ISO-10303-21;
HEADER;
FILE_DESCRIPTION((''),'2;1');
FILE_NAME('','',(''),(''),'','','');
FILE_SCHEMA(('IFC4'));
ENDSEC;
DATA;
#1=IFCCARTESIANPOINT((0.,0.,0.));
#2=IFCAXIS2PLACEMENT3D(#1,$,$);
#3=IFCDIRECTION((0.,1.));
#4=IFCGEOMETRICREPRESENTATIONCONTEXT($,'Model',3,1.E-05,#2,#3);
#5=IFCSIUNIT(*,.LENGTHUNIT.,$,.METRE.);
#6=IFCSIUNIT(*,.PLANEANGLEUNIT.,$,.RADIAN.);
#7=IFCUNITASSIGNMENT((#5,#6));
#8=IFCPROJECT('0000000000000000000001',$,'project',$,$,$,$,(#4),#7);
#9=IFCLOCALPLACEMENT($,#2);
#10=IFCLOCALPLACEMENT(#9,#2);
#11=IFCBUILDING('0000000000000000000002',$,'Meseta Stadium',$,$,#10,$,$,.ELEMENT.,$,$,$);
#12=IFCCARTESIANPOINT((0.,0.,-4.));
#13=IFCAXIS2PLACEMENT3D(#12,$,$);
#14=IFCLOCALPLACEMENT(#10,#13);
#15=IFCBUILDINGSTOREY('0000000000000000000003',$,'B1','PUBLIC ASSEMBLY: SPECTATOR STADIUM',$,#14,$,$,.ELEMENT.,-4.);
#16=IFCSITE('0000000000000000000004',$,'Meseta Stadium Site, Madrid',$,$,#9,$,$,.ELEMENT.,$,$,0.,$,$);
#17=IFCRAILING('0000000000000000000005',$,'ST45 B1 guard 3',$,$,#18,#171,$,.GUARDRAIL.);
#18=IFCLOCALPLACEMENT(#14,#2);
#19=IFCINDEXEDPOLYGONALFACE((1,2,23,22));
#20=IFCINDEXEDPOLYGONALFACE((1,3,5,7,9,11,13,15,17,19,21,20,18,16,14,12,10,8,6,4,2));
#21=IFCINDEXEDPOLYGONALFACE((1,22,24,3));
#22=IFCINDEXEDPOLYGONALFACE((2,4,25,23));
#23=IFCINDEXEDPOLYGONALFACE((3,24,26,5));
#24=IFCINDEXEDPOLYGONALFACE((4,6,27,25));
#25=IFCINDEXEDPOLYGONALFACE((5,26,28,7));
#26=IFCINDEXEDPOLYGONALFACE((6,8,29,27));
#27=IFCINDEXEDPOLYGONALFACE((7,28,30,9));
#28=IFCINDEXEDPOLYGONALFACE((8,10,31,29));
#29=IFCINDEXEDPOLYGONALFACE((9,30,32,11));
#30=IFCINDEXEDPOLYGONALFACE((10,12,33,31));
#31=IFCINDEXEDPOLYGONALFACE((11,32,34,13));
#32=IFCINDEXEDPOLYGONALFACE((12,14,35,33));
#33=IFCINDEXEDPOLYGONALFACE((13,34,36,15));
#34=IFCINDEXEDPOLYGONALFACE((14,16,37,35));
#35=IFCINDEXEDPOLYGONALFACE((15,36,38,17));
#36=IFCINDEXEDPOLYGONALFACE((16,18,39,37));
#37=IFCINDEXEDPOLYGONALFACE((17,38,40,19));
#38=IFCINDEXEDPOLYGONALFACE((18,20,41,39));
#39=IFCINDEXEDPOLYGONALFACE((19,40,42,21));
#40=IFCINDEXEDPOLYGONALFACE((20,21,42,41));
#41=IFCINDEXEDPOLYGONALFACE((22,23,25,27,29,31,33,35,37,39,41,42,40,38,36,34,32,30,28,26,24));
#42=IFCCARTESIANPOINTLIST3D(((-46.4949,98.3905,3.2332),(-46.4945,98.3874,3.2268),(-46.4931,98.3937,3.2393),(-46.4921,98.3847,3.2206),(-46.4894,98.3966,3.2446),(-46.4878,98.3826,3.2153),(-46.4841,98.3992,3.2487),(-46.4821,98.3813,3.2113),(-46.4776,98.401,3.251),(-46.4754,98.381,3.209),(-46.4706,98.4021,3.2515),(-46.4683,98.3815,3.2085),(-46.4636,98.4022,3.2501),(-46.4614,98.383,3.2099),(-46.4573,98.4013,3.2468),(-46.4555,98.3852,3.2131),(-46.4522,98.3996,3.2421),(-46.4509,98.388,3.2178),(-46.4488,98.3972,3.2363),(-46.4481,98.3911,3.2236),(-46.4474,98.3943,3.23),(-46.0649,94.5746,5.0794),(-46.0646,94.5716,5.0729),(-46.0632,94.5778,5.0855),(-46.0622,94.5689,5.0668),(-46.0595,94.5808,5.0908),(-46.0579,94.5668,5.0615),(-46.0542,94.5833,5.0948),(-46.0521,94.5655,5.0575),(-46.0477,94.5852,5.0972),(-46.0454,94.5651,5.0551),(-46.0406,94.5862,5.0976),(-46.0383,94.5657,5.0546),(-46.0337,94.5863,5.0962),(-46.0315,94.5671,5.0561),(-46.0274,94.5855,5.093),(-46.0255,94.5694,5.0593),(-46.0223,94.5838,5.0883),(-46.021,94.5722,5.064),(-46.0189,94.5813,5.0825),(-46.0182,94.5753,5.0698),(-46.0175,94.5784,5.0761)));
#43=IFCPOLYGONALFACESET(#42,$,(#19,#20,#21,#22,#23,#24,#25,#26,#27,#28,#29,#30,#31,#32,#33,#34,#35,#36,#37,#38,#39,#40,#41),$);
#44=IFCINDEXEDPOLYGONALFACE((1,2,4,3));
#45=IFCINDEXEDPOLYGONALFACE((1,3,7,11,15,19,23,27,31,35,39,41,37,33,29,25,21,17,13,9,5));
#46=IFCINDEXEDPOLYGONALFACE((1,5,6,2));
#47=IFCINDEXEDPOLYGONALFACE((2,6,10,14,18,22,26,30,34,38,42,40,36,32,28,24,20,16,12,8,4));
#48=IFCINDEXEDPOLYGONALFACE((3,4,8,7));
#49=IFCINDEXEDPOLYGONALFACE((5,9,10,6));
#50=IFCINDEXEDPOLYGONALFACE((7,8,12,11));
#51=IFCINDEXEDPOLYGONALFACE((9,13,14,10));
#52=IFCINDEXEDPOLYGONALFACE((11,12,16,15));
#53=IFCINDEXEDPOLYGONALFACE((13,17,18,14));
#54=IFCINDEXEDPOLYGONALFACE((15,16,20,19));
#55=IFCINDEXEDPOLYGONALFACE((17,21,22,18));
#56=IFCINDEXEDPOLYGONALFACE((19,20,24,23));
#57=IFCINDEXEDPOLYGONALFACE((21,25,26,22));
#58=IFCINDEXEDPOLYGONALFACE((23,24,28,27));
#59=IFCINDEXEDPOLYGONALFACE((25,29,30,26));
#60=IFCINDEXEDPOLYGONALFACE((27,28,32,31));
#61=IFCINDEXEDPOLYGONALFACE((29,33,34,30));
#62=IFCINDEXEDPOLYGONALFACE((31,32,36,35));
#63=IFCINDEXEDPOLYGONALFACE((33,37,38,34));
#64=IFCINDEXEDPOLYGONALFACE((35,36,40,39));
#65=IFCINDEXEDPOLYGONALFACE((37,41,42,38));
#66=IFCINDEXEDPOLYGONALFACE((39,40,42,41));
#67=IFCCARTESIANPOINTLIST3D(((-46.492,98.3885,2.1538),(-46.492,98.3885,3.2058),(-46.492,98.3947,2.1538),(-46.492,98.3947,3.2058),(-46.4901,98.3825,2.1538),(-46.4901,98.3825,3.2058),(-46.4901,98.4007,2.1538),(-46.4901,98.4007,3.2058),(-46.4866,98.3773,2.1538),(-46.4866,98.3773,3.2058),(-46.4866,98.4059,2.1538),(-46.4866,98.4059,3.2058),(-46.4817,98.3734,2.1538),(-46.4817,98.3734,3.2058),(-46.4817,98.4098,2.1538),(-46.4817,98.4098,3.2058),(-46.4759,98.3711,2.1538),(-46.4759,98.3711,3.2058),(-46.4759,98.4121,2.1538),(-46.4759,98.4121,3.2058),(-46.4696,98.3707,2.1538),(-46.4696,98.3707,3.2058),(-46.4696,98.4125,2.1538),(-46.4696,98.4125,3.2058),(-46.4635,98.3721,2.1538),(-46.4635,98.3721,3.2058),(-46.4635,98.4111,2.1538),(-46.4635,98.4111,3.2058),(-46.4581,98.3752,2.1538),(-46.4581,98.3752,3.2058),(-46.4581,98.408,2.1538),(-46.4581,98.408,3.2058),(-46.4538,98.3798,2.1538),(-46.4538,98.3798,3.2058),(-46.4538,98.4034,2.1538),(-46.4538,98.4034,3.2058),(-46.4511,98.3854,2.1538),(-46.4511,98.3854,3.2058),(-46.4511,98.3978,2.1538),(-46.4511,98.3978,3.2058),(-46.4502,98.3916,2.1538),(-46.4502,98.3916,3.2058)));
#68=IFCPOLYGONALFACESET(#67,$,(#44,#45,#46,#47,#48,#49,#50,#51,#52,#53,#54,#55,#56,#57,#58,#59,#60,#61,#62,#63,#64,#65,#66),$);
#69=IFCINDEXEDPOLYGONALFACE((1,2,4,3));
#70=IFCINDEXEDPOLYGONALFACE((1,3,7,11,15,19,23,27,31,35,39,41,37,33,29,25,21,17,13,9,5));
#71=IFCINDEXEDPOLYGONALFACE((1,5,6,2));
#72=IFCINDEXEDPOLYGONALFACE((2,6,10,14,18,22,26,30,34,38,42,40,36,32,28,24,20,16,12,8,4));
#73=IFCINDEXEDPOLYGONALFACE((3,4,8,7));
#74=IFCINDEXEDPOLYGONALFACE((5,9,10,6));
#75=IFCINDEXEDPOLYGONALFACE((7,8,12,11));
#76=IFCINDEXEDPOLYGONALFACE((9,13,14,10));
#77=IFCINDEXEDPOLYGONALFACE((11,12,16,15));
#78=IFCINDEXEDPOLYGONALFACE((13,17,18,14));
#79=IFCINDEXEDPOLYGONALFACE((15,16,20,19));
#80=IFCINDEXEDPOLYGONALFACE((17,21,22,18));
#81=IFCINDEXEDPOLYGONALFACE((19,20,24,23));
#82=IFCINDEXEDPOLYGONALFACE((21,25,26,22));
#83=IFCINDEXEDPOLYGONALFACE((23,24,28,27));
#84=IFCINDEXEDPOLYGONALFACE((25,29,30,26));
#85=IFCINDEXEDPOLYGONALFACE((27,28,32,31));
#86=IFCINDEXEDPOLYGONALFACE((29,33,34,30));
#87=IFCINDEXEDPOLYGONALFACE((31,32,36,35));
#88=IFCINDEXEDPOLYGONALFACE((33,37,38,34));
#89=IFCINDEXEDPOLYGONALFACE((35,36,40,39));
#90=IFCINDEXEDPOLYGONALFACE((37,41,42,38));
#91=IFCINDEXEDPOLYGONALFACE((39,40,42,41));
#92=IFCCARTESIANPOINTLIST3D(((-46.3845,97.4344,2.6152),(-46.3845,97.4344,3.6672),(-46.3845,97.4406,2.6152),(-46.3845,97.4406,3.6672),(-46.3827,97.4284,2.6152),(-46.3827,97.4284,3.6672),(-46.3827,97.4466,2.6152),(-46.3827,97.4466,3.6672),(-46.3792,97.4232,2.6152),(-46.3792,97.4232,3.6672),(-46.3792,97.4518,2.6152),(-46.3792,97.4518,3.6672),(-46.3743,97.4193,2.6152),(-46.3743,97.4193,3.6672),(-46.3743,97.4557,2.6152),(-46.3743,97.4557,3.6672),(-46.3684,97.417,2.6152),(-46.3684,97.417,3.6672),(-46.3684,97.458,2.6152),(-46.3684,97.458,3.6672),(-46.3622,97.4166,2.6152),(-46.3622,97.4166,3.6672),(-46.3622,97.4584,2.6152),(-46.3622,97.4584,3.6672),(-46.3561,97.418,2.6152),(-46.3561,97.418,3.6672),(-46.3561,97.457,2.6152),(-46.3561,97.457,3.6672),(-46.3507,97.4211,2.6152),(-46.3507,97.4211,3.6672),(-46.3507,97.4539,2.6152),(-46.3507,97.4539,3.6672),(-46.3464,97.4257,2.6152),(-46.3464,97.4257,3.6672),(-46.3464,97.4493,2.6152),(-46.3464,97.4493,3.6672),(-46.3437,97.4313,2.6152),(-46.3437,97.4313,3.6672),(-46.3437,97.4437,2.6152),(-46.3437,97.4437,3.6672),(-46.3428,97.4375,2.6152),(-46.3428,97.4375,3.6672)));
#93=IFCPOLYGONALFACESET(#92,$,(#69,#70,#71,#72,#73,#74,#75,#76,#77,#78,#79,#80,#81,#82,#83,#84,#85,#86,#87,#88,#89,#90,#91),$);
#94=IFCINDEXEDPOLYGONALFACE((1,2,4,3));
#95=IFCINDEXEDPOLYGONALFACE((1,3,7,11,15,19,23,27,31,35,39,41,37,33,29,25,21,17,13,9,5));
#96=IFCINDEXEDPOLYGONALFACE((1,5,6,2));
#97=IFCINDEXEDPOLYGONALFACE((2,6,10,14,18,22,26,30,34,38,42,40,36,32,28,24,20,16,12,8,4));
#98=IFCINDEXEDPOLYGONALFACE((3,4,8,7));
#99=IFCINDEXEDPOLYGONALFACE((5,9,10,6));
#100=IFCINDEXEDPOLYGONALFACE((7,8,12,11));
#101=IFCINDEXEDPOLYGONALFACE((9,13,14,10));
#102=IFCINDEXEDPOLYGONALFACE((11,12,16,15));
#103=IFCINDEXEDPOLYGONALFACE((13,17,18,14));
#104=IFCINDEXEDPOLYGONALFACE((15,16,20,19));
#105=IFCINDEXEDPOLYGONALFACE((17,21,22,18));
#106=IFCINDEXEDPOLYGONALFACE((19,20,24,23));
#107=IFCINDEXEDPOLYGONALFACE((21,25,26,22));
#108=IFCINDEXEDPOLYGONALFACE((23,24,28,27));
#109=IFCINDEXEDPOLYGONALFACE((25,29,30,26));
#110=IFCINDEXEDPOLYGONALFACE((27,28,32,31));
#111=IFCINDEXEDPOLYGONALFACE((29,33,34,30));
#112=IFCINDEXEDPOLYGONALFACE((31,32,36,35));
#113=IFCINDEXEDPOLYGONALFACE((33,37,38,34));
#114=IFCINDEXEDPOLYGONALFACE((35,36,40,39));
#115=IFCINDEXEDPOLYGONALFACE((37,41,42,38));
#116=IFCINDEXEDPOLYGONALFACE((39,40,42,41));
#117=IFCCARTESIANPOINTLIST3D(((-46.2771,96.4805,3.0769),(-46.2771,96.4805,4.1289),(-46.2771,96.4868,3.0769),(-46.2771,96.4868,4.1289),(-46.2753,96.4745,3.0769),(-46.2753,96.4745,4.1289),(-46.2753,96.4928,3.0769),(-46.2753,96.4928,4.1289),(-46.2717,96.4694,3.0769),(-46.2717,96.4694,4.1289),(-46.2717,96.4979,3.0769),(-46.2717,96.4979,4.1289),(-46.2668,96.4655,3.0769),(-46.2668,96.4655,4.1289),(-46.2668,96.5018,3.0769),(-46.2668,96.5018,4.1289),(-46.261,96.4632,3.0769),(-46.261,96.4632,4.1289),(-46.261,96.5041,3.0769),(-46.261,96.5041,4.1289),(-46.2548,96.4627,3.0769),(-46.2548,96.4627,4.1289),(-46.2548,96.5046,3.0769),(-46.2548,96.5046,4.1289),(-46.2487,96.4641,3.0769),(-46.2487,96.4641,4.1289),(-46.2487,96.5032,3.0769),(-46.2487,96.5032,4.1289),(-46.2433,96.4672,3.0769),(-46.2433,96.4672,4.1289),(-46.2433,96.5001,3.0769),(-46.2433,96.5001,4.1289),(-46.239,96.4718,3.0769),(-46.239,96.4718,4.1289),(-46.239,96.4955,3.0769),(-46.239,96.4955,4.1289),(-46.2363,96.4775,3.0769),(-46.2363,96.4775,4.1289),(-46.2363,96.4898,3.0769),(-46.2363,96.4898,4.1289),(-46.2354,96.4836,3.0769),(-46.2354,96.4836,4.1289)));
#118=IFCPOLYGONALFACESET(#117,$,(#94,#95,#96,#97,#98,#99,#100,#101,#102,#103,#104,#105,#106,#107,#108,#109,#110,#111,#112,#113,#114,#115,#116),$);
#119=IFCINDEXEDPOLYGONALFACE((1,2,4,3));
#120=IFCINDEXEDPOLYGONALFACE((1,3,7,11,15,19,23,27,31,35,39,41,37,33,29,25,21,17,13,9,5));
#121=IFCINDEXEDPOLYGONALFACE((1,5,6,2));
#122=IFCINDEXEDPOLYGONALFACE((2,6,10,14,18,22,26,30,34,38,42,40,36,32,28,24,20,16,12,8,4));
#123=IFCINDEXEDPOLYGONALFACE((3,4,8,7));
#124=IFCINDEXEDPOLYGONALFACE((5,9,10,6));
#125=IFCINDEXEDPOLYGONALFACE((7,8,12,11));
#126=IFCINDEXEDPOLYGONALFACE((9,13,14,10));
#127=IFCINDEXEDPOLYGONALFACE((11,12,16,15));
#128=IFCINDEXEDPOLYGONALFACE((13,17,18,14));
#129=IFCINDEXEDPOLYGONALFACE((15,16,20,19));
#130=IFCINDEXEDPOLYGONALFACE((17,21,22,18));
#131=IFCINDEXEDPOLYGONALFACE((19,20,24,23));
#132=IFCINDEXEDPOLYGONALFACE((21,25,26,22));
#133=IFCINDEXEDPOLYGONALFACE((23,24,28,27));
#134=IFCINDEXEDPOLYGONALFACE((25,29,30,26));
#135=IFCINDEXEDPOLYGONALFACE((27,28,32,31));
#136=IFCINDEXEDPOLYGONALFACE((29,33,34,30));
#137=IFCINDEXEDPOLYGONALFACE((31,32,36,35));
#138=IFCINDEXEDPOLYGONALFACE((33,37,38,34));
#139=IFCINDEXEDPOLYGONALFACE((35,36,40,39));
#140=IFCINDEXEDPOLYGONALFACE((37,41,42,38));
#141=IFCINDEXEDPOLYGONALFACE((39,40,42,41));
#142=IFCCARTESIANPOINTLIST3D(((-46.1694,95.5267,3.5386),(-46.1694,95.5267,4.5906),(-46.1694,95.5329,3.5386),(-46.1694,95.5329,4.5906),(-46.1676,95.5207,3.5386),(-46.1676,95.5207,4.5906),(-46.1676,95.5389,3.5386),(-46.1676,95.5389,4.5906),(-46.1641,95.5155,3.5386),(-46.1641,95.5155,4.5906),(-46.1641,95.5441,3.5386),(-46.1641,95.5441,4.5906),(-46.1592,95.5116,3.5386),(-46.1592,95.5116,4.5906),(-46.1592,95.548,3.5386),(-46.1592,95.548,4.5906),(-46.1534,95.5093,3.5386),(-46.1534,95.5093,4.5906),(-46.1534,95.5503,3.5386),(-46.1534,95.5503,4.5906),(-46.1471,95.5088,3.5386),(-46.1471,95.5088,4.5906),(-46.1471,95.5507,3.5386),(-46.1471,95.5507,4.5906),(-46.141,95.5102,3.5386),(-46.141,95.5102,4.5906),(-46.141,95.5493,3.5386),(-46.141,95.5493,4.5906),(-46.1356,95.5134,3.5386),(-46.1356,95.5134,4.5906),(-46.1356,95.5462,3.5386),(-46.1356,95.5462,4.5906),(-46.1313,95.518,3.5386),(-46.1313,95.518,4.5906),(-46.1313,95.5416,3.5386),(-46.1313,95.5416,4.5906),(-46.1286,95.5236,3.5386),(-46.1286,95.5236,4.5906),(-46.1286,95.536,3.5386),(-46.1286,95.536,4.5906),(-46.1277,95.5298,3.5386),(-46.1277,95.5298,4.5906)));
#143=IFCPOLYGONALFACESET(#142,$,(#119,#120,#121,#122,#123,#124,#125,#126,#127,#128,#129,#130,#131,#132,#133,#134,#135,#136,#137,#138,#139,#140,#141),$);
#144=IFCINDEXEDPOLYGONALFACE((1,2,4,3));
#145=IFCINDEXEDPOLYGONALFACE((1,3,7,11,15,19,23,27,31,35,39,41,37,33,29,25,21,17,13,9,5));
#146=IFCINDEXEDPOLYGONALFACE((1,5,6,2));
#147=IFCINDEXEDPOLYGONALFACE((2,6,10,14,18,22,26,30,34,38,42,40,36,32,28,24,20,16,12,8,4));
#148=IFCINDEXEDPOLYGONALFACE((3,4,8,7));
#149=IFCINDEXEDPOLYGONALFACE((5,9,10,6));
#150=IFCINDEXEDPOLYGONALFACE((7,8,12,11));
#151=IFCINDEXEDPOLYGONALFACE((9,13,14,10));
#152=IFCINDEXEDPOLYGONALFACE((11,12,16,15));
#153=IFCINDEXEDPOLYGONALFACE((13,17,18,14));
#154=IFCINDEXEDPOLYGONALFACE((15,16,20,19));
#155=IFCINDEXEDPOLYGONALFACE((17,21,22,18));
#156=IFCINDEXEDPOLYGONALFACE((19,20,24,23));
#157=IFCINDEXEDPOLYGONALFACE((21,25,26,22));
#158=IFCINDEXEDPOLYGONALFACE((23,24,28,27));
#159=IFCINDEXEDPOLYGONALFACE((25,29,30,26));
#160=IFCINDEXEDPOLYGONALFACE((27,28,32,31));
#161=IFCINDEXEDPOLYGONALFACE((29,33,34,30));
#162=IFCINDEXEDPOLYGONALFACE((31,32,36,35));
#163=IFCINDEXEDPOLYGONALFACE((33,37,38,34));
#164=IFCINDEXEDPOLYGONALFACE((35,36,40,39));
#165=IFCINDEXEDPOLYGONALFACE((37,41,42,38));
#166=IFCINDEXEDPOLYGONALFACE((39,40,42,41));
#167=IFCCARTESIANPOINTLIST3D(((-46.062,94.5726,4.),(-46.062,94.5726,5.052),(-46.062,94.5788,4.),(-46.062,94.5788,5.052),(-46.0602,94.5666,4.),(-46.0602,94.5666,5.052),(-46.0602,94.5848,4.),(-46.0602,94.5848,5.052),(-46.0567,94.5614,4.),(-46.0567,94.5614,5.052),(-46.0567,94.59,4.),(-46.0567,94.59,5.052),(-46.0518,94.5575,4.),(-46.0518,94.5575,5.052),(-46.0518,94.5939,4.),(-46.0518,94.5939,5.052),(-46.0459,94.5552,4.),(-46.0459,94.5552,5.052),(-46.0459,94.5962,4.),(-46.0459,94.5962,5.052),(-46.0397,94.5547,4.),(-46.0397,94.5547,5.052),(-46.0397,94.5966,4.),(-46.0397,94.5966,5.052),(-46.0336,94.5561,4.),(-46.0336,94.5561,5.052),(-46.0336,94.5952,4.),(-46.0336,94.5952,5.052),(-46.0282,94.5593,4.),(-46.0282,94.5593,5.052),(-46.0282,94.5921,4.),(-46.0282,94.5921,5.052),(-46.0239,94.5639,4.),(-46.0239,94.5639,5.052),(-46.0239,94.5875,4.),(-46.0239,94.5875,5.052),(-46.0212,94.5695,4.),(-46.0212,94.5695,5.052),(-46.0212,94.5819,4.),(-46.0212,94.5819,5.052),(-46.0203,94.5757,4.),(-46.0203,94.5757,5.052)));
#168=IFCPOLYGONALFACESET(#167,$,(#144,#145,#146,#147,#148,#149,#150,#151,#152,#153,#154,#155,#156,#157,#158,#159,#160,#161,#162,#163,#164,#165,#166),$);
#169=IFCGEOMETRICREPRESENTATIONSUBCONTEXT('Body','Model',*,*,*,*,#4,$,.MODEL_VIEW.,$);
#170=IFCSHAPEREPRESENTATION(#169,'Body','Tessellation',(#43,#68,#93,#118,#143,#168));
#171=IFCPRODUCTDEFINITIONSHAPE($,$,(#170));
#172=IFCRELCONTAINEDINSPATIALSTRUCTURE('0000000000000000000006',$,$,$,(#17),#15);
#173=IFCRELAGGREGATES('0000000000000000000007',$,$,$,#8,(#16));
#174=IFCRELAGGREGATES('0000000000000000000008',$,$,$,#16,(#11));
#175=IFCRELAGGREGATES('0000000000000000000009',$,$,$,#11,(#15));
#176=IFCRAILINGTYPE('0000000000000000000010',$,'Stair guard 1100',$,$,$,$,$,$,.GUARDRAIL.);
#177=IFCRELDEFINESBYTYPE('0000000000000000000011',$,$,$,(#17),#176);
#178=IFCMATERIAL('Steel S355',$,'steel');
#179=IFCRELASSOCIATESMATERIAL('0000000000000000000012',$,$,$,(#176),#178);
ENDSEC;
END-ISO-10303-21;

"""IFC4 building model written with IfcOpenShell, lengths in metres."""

from ifc_helpers import new_model, si_unit, direction, frame, origin, origin_2d, place, context, subcontext, project, spatial, circle, extrude, material, type_object, element, save


model = new_model("IFC4")

# Units and contexts
model_context = context("Model", 3, precision=1e-05, world=origin(), true_north=direction((0.0, 1.0)))
body_context = subcontext(model_context, "Body", "Model", "MODEL_VIEW")
ifc_project = project(units=[si_unit("LENGTHUNIT", "METRE"), si_unit("PLANEANGLEUNIT", "RADIAN")], contexts=[model_context])

# Site, building, storey
site_placement = place(None, origin())
site = spatial("IfcSite", under=ifc_project, at=site_placement, Name="Meseta Stadium Site, Madrid", CompositionType="ELEMENT", RefElevation=0.0)
building_placement = place(site_placement, origin())
building = spatial("IfcBuilding", under=site, at=building_placement, Name="Meseta Stadium", CompositionType="ELEMENT")
storey_placement = place(building_placement, frame((0.0, 0.0, -4.0)))
storey = spatial("IfcBuildingStorey", under=building, at=storey_placement, Name="B1", Description="PUBLIC ASSEMBLY: SPECTATOR STADIUM", CompositionType="ELEMENT", Elevation=-4.0)

# Railing
ifc_material_1 = material(Name="Steel S355", Category="steel")
railing_type_1 = type_object("IfcRailingType", Name="Stair guard 1100", PredefinedType="GUARDRAIL", material=ifc_material_1)
railing_1_placement = place(storey_placement, frame((-46.4712, 98.3916, 2.1538)))
element("IfcRailing", 1, at=railing_1_placement, inside=storey, type_object=railing_type_1, Name="ST45 B1 guard 3", PredefinedType="GUARDRAIL", context=body_context, shape_type="SweptSolid", body=[
    extrude(circle(Radius=0.0239, at=origin_2d()), frame((0.0, 0.0, 1.0762), z_axis=(0.100904, -0.895585, 0.433296), x_axis=(0.993713, 0.11196, 0.0)), (0.0, 0.0, 1.0), 4.2607),
    extrude(circle(Radius=0.021, at=origin_2d()), origin(), (0.0, 0.0, 1.0), 1.052),
    extrude(circle(Radius=0.021, at=origin_2d()), frame((0.1074, -0.9541, 0.4614)), (0.0, 0.0, 1.0), 1.052),
    extrude(circle(Radius=0.021, at=origin_2d()), frame((0.2148, -1.908, 0.9231)), (0.0, 0.0, 1.0), 1.052),
    extrude(circle(Radius=0.021, at=origin_2d()), frame((0.3225, -2.8618, 1.3848)), (0.0, 0.0, 1.0), 1.052),
    extrude(circle(Radius=0.021, at=origin_2d()), frame((0.4299, -3.8159, 1.8462)), (0.0, 0.0, 1.0), 1.052),
])

save(model, "model.ifc")
